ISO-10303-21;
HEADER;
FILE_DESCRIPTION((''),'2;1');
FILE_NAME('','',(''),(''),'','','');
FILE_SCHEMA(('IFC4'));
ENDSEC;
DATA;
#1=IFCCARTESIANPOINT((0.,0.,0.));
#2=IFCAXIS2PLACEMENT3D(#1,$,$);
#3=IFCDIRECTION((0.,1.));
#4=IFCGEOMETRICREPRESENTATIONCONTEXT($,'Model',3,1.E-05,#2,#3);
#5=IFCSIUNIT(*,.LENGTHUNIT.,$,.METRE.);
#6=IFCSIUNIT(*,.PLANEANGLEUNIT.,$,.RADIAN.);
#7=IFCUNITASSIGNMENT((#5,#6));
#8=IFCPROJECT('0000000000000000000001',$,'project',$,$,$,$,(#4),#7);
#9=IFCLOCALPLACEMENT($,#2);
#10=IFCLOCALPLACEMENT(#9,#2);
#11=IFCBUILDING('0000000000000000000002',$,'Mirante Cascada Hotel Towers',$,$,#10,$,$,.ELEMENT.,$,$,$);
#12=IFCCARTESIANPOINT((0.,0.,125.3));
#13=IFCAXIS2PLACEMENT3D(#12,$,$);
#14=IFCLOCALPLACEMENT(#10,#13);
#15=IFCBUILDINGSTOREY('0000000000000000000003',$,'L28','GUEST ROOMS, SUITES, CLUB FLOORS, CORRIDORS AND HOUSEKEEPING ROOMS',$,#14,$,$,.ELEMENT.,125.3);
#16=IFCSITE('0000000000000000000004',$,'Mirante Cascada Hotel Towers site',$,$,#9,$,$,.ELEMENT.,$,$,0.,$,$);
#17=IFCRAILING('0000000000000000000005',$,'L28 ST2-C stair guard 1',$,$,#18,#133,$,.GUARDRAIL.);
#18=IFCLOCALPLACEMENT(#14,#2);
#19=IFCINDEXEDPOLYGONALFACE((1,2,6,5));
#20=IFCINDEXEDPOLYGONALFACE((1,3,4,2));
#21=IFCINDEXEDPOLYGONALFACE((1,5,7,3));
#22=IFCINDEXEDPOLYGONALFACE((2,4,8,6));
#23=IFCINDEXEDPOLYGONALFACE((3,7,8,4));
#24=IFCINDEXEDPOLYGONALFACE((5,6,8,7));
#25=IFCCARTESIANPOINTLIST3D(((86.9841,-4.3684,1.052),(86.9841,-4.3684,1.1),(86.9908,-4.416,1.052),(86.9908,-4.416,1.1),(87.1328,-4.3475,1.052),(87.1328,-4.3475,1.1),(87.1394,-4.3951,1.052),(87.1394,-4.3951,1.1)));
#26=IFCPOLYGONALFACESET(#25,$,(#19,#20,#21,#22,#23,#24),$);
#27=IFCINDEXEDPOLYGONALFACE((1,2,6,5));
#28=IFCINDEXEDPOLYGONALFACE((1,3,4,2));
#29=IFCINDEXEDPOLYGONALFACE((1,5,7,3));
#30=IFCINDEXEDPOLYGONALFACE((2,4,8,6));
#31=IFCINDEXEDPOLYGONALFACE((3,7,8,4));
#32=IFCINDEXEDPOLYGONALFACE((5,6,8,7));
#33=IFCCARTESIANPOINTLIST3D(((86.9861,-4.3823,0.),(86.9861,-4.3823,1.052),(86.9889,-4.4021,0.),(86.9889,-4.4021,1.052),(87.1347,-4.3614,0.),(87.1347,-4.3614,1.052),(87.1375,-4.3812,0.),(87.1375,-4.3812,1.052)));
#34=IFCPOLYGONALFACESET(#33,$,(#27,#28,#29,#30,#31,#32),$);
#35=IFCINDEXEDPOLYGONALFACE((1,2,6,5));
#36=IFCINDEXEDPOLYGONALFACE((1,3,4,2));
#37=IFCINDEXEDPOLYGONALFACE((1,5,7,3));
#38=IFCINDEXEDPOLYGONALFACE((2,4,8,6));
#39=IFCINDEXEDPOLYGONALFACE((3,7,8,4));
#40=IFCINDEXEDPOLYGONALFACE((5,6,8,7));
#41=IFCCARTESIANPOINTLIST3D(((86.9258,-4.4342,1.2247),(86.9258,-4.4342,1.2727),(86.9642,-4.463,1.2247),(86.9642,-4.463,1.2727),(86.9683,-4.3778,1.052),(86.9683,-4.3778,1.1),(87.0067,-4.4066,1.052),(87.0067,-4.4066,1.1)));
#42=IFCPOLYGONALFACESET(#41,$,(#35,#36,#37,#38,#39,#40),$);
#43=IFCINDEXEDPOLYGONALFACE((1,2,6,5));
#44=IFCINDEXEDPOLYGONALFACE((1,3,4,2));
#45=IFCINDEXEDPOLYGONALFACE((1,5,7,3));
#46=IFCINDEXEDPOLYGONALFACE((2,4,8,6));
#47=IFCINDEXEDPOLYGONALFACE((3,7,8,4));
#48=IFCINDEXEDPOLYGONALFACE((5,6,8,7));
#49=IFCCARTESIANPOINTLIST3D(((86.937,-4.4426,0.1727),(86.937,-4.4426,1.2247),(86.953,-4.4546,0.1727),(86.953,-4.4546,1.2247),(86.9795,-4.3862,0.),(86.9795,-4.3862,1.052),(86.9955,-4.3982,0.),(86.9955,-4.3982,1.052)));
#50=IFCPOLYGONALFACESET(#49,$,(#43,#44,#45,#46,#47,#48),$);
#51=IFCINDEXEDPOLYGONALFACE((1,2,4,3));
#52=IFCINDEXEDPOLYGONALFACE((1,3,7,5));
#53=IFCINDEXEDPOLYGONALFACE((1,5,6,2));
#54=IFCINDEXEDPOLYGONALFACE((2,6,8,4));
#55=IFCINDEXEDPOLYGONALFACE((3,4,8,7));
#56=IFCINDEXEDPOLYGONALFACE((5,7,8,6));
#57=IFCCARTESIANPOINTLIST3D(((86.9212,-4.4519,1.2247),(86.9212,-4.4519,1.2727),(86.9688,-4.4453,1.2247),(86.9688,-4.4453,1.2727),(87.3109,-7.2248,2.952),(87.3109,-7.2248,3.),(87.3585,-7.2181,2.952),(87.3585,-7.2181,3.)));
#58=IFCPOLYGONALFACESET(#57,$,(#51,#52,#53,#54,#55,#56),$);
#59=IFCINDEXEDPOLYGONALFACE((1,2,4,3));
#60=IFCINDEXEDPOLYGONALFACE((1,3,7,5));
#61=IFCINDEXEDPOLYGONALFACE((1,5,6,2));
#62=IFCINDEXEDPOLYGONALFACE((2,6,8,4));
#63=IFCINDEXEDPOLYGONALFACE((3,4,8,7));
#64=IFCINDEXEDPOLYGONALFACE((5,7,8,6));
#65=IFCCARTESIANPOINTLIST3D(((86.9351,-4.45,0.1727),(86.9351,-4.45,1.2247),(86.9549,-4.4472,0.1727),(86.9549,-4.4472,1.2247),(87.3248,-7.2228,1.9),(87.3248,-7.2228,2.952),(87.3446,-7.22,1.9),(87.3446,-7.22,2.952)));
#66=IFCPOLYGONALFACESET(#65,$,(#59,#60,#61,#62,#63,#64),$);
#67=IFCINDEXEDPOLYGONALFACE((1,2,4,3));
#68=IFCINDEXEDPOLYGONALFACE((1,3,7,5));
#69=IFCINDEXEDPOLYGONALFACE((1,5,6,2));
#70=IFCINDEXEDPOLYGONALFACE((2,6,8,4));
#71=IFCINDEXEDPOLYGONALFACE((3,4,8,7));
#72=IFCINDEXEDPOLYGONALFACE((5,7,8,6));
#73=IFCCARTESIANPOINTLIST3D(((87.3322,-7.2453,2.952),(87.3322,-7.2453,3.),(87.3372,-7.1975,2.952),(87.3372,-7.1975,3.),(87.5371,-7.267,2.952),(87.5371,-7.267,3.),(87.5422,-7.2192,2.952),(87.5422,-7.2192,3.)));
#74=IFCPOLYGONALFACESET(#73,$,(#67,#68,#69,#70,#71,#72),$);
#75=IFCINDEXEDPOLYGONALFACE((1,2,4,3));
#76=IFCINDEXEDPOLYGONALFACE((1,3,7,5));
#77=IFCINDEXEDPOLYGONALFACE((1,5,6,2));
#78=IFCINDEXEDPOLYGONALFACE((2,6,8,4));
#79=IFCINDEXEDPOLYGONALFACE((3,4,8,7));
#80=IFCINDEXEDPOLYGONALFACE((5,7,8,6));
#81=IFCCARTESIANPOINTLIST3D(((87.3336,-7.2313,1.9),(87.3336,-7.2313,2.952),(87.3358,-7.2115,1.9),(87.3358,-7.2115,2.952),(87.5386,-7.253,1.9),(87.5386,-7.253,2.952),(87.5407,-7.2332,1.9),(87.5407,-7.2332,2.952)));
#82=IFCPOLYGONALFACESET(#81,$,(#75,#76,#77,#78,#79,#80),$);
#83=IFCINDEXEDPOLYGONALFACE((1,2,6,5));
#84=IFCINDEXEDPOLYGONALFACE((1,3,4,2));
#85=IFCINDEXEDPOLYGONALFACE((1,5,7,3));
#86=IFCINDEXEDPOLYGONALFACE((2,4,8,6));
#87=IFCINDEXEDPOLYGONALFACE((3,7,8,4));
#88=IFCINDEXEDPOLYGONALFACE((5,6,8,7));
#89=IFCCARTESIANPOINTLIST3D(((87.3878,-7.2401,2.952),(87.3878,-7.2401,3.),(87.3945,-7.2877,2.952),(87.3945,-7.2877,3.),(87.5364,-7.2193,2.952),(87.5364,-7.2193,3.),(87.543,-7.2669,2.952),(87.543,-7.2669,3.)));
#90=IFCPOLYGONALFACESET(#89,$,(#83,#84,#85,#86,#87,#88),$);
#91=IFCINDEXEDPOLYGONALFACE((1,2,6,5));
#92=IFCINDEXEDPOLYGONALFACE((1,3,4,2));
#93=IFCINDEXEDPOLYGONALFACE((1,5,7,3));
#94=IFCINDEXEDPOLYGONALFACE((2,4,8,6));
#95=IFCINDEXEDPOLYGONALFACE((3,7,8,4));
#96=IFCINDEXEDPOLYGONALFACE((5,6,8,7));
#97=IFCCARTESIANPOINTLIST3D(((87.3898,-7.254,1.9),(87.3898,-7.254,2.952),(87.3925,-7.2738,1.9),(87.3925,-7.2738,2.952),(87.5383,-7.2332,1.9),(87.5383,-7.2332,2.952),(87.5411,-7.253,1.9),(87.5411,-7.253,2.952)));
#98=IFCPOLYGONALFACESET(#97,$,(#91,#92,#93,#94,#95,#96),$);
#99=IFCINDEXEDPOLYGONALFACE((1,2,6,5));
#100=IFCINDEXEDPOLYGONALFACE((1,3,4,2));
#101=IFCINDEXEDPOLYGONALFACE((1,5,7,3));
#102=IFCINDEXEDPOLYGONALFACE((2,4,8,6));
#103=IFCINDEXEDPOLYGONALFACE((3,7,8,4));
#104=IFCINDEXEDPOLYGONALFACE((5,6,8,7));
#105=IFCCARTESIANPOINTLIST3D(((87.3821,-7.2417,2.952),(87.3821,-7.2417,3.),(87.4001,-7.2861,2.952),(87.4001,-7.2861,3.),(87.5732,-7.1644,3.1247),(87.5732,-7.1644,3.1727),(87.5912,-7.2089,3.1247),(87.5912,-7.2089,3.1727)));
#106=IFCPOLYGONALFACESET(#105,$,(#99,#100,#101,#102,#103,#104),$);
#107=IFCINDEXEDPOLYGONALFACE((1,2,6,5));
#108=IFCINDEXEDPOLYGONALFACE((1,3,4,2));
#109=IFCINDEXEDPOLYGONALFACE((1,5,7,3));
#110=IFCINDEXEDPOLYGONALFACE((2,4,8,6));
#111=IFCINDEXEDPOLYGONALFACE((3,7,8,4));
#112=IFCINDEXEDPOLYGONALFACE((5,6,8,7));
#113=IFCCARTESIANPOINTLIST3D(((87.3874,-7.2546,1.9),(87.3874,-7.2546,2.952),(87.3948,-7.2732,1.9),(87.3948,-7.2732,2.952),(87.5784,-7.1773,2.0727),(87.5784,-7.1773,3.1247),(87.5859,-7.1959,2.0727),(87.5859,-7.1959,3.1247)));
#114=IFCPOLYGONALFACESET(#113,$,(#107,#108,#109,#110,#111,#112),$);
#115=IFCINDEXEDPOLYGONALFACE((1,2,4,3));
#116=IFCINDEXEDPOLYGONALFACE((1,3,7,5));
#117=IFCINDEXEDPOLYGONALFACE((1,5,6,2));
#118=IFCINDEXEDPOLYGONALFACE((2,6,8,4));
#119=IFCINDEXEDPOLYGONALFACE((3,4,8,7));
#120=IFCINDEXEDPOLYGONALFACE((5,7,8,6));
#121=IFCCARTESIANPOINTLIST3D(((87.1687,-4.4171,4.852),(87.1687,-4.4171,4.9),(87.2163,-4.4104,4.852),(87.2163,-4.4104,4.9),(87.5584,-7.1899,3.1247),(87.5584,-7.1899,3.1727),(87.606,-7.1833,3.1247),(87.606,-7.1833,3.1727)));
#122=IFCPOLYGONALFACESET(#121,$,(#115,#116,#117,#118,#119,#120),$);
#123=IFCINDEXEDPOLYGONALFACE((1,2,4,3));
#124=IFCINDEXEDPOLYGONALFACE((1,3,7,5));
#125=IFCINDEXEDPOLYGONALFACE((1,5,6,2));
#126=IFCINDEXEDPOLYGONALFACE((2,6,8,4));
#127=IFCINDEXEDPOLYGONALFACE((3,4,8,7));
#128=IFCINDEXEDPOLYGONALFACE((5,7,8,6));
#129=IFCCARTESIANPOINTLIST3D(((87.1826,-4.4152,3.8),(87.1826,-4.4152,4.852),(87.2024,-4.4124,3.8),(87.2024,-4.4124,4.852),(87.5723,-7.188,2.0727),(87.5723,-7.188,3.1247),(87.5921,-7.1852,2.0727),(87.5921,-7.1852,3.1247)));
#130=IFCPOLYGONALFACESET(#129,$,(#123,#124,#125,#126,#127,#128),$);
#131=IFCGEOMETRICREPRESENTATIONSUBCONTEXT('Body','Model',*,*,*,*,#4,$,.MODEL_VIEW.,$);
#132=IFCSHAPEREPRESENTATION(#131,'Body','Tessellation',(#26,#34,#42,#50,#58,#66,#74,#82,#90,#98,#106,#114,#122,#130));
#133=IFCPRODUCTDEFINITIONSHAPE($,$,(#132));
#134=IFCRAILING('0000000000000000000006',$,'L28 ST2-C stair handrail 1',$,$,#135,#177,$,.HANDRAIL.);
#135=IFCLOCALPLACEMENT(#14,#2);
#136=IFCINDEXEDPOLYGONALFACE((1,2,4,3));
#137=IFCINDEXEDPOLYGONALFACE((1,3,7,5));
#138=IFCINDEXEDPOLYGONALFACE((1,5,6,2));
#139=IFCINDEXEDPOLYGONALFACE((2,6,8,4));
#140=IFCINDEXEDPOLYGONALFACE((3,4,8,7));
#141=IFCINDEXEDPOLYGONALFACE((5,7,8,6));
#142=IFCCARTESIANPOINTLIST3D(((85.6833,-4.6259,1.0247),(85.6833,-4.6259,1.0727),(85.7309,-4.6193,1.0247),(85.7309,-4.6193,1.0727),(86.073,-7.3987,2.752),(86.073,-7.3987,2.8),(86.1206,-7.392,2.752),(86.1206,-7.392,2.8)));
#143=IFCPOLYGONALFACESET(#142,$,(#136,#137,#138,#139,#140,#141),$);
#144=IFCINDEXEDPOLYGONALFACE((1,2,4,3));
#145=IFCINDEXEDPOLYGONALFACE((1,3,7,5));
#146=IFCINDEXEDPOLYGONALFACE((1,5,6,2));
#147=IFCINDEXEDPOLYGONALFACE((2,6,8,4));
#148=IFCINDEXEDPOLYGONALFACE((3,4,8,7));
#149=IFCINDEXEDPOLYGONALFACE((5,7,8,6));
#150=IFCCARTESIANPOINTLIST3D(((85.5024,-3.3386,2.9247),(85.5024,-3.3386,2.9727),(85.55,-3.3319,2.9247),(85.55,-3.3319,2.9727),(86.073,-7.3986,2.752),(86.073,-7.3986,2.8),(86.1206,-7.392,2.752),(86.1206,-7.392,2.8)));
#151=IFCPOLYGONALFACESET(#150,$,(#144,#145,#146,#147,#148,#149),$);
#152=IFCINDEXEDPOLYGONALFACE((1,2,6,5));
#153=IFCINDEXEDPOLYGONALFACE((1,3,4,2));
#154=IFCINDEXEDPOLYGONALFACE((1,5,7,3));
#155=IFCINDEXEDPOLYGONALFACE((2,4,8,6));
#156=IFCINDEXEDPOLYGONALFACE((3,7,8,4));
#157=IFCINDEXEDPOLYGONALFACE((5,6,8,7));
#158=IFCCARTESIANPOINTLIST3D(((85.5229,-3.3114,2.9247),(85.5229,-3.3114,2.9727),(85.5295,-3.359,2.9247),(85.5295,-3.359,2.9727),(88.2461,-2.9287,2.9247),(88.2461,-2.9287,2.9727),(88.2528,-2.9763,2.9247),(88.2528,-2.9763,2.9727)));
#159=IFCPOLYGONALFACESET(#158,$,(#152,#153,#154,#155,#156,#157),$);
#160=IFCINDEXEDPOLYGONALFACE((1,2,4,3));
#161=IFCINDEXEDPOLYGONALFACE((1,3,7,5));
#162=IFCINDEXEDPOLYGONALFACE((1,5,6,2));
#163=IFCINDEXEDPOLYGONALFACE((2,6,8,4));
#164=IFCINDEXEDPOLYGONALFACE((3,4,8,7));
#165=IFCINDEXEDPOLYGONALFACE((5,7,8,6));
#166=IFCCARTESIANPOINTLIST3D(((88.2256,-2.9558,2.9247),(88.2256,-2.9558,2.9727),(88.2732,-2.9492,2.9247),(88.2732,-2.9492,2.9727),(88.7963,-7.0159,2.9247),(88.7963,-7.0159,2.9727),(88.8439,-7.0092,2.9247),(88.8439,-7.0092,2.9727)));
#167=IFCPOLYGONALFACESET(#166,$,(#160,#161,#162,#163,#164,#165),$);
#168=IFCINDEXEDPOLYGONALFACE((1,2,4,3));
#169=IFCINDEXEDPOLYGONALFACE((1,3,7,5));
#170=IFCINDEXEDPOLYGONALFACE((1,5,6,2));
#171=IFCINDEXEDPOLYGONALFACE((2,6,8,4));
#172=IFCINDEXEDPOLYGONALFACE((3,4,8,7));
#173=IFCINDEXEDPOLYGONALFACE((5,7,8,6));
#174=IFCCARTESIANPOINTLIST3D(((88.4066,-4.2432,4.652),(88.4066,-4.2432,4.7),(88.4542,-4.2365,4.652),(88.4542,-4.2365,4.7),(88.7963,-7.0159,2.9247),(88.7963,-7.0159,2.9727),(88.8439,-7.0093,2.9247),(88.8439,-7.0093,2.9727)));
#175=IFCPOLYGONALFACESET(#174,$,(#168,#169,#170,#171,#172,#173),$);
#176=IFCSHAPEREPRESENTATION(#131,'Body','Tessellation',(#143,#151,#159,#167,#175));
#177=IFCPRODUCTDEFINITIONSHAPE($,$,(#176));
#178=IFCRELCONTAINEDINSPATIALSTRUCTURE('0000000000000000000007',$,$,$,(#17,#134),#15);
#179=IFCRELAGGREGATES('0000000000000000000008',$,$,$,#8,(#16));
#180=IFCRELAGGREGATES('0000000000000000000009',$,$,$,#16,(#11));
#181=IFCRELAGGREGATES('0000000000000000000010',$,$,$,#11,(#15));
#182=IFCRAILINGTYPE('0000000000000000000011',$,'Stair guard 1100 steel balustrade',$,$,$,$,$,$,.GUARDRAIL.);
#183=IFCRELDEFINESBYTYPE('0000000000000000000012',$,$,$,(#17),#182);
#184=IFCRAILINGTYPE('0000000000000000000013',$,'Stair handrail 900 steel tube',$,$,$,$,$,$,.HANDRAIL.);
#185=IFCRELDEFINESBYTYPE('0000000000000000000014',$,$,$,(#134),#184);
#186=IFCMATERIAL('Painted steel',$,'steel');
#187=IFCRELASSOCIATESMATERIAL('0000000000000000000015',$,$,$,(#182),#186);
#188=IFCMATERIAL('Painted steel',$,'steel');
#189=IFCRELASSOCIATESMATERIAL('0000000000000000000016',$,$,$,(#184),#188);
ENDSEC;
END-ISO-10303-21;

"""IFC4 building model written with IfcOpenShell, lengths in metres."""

from ifc_helpers import new_model, si_unit, direction, frame, origin, origin_2d, place, context, subcontext, project, spatial, rectangle, extrude, material, type_object, element, save


model = new_model("IFC4")

# Units and contexts
model_context = context("Model", 3, precision=1e-05, world=origin(), true_north=direction((0.0, 1.0)))
body_context = subcontext(model_context, "Body", "Model", "MODEL_VIEW")
ifc_project = project(units=[si_unit("LENGTHUNIT", "METRE"), si_unit("PLANEANGLEUNIT", "RADIAN")], contexts=[model_context])

# Site, building, storey
site_placement = place(None, origin())
site = spatial("IfcSite", under=ifc_project, at=site_placement, Name="Mirante Cascada Hotel Towers site", CompositionType="ELEMENT", RefElevation=0.0)
building_placement = place(site_placement, origin())
building = spatial("IfcBuilding", under=site, at=building_placement, Name="Mirante Cascada Hotel Towers", CompositionType="ELEMENT")
storey_placement = place(building_placement, frame((0.0, 0.0, 125.3)))
storey = spatial("IfcBuildingStorey", under=building, at=storey_placement, Name="L28", Description="GUEST ROOMS, SUITES, CLUB FLOORS, CORRIDORS AND HOUSEKEEPING ROOMS", CompositionType="ELEMENT", Elevation=125.3)

# Railings
ifc_material_1 = material(Name="Painted steel", Category="steel")
railing_type_1 = type_object("IfcRailingType", Name="Stair guard 1100 steel balustrade", PredefinedType="GUARDRAIL", material=ifc_material_1)
railing_1_placement = place(storey_placement, frame((87.1361, -4.3713, 0.0)))
element("IfcRailing", 1, at=railing_1_placement, inside=storey, type_object=railing_type_1, Name="L28 ST2-C stair guard 1", PredefinedType="GUARDRAIL", context=body_context, shape_type="SweptSolid", body=[
    extrude(rectangle(XDim=0.048, YDim=0.048, at=origin_2d()), frame((0.0, 0.0, 1.076), z_axis=(-0.990254, -0.139275, 0.0), x_axis=(0.139275, -0.990254, 0.0)), (0.0, 0.0, 1.0), 0.1501),
    extrude(rectangle(XDim=0.02, YDim=1.052, at=origin_2d()), frame((0.0, 0.0, 0.526), z_axis=(-0.990254, -0.139275, 0.0), x_axis=(0.139275, -0.990254, 0.0)), (0.0, 0.0, 1.0), 0.1501),
    extrude(rectangle(XDim=0.048, YDim=0.048, at=origin_2d()), frame((-0.1486, -0.0209, 1.076), z_axis=(-0.601811, -0.798639, 0.0), x_axis=(0.798639, -0.601811, 0.0)), (0.0, 0.925603, 0.378496), 0.1866),
    extrude(rectangle(XDim=0.02, YDim=1.052, at=origin_2d()), frame((-0.1486, -0.0209, 0.526), z_axis=(-0.601811, -0.798639, 0.0), x_axis=(0.798639, -0.601811, 0.0)), (0.0, 0.925603, 0.378496), 0.1866),
    extrude(rectangle(XDim=0.048, YDim=0.048, at=origin_2d()), frame((-0.1911, -0.0773, 1.2487), z_axis=(0.139176, -0.990268, 0.0), x_axis=(0.990268, 0.139176, 0.0)), (0.0, 0.525021, 0.851089), 3.29),
    extrude(rectangle(XDim=0.02, YDim=1.052, at=origin_2d()), frame((-0.1911, -0.0773, 0.6987), z_axis=(0.139176, -0.990268, 0.0), x_axis=(0.990268, 0.139176, 0.0)), (0.0, 0.525021, 0.851089), 3.29),
    extrude(rectangle(XDim=0.048, YDim=0.048, at=origin_2d()), frame((0.1986, -2.8501, 2.976), z_axis=(0.994444, -0.105266, 0.0), x_axis=(0.105266, 0.994444, 0.0)), (0.0, 0.0, 1.0), 0.2061),
    extrude(rectangle(XDim=0.02, YDim=1.052, at=origin_2d()), frame((0.1986, -2.8501, 2.426), z_axis=(0.994444, -0.105266, 0.0), x_axis=(0.105266, 0.994444, 0.0)), (0.0, 0.0, 1.0), 0.2061),
    extrude(rectangle(XDim=0.048, YDim=0.048, at=origin_2d()), frame((0.4036, -2.8718, 2.976), z_axis=(-0.990345, -0.138622, 0.0), x_axis=(0.138622, -0.990345, 0.0)), (0.0, 0.0, 1.0), 0.15),
    extrude(rectangle(XDim=0.02, YDim=1.052, at=origin_2d()), frame((0.4036, -2.8718, 2.426), z_axis=(-0.990345, -0.138622, 0.0), x_axis=(0.138622, -0.990345, 0.0)), (0.0, 0.0, 1.0), 0.15),
    extrude(rectangle(XDim=0.048, YDim=0.048, at=origin_2d()), frame((0.255, -2.8926, 2.976), z_axis=(0.927031, 0.374984, 0.0), x_axis=(-0.374984, 0.927031, 0.0)), (0.0, 0.64219, 0.766545), 0.2689),
    extrude(rectangle(XDim=0.02, YDim=1.052, at=origin_2d()), frame((0.255, -2.8926, 2.426), z_axis=(0.927031, 0.374984, 0.0), x_axis=(-0.374984, 0.927031, 0.0)), (0.0, 0.64219, 0.766545), 0.2689),
    extrude(rectangle(XDim=0.048, YDim=0.048, at=origin_2d()), frame((0.4461, -2.8153, 3.1487), z_axis=(-0.139176, 0.990268, 0.0), x_axis=(-0.990268, -0.139176, 0.0)), (0.0, 0.525021, 0.851089), 3.29),
    extrude(rectangle(XDim=0.02, YDim=1.052, at=origin_2d()), frame((0.4461, -2.8153, 2.5987), z_axis=(-0.139176, 0.990268, 0.0), x_axis=(-0.990268, -0.139176, 0.0)), (0.0, 0.525021, 0.851089), 3.29),
])
ifc_material_2 = material(Name="Painted steel", Category="steel")
railing_type_2 = type_object("IfcRailingType", Name="Stair handrail 900 steel tube", PredefinedType="HANDRAIL", material=ifc_material_2)
railing_2_placement = place(storey_placement, frame((85.7071, -4.6226, 0.1727)))
element("IfcRailing", 2, at=railing_2_placement, inside=storey, type_object=railing_type_2, Name="L28 ST2-C stair handrail 1", PredefinedType="HANDRAIL", context=body_context, shape_type="SweptSolid", body=[
    extrude(rectangle(XDim=0.048, YDim=0.048, at=origin_2d()), frame((0.0, 0.0, 0.876), z_axis=(0.139181, -0.990267, 0.0), x_axis=(0.990267, 0.139181, 0.0)), (0.0, 0.525035, 0.851081), 3.2899),
    extrude(rectangle(XDim=0.048, YDim=0.048, at=origin_2d()), frame((0.3897, -2.7727, 2.6033), z_axis=(-0.139171, 0.990268, 0.0), x_axis=(-0.990268, -0.139171, 0.0)), (0.0, 0.042085, 0.999114), 4.1036),
    extrude(rectangle(XDim=0.048, YDim=0.048, at=origin_2d()), frame((-0.1809, 1.2874, 2.776), z_axis=(0.990269, 0.139166, 0.0), x_axis=(-0.139166, 0.990269, 0.0)), (0.0, 0.0, 1.0), 2.75),
    extrude(rectangle(XDim=0.048, YDim=0.048, at=origin_2d()), frame((2.5423, 1.6701, 2.776), z_axis=(0.139195, -0.990265, 0.0), x_axis=(0.990265, 0.139195, 0.0)), (0.0, 0.0, 1.0), 4.1),
    extrude(rectangle(XDim=0.048, YDim=0.048, at=origin_2d()), frame((3.113, -2.39, 2.776), z_axis=(-0.139181, 0.990267, 0.0), x_axis=(-0.990267, -0.139181, 0.0)), (0.0, 0.525035, 0.851081), 3.2899),
])

save(model, "model.ifc")
